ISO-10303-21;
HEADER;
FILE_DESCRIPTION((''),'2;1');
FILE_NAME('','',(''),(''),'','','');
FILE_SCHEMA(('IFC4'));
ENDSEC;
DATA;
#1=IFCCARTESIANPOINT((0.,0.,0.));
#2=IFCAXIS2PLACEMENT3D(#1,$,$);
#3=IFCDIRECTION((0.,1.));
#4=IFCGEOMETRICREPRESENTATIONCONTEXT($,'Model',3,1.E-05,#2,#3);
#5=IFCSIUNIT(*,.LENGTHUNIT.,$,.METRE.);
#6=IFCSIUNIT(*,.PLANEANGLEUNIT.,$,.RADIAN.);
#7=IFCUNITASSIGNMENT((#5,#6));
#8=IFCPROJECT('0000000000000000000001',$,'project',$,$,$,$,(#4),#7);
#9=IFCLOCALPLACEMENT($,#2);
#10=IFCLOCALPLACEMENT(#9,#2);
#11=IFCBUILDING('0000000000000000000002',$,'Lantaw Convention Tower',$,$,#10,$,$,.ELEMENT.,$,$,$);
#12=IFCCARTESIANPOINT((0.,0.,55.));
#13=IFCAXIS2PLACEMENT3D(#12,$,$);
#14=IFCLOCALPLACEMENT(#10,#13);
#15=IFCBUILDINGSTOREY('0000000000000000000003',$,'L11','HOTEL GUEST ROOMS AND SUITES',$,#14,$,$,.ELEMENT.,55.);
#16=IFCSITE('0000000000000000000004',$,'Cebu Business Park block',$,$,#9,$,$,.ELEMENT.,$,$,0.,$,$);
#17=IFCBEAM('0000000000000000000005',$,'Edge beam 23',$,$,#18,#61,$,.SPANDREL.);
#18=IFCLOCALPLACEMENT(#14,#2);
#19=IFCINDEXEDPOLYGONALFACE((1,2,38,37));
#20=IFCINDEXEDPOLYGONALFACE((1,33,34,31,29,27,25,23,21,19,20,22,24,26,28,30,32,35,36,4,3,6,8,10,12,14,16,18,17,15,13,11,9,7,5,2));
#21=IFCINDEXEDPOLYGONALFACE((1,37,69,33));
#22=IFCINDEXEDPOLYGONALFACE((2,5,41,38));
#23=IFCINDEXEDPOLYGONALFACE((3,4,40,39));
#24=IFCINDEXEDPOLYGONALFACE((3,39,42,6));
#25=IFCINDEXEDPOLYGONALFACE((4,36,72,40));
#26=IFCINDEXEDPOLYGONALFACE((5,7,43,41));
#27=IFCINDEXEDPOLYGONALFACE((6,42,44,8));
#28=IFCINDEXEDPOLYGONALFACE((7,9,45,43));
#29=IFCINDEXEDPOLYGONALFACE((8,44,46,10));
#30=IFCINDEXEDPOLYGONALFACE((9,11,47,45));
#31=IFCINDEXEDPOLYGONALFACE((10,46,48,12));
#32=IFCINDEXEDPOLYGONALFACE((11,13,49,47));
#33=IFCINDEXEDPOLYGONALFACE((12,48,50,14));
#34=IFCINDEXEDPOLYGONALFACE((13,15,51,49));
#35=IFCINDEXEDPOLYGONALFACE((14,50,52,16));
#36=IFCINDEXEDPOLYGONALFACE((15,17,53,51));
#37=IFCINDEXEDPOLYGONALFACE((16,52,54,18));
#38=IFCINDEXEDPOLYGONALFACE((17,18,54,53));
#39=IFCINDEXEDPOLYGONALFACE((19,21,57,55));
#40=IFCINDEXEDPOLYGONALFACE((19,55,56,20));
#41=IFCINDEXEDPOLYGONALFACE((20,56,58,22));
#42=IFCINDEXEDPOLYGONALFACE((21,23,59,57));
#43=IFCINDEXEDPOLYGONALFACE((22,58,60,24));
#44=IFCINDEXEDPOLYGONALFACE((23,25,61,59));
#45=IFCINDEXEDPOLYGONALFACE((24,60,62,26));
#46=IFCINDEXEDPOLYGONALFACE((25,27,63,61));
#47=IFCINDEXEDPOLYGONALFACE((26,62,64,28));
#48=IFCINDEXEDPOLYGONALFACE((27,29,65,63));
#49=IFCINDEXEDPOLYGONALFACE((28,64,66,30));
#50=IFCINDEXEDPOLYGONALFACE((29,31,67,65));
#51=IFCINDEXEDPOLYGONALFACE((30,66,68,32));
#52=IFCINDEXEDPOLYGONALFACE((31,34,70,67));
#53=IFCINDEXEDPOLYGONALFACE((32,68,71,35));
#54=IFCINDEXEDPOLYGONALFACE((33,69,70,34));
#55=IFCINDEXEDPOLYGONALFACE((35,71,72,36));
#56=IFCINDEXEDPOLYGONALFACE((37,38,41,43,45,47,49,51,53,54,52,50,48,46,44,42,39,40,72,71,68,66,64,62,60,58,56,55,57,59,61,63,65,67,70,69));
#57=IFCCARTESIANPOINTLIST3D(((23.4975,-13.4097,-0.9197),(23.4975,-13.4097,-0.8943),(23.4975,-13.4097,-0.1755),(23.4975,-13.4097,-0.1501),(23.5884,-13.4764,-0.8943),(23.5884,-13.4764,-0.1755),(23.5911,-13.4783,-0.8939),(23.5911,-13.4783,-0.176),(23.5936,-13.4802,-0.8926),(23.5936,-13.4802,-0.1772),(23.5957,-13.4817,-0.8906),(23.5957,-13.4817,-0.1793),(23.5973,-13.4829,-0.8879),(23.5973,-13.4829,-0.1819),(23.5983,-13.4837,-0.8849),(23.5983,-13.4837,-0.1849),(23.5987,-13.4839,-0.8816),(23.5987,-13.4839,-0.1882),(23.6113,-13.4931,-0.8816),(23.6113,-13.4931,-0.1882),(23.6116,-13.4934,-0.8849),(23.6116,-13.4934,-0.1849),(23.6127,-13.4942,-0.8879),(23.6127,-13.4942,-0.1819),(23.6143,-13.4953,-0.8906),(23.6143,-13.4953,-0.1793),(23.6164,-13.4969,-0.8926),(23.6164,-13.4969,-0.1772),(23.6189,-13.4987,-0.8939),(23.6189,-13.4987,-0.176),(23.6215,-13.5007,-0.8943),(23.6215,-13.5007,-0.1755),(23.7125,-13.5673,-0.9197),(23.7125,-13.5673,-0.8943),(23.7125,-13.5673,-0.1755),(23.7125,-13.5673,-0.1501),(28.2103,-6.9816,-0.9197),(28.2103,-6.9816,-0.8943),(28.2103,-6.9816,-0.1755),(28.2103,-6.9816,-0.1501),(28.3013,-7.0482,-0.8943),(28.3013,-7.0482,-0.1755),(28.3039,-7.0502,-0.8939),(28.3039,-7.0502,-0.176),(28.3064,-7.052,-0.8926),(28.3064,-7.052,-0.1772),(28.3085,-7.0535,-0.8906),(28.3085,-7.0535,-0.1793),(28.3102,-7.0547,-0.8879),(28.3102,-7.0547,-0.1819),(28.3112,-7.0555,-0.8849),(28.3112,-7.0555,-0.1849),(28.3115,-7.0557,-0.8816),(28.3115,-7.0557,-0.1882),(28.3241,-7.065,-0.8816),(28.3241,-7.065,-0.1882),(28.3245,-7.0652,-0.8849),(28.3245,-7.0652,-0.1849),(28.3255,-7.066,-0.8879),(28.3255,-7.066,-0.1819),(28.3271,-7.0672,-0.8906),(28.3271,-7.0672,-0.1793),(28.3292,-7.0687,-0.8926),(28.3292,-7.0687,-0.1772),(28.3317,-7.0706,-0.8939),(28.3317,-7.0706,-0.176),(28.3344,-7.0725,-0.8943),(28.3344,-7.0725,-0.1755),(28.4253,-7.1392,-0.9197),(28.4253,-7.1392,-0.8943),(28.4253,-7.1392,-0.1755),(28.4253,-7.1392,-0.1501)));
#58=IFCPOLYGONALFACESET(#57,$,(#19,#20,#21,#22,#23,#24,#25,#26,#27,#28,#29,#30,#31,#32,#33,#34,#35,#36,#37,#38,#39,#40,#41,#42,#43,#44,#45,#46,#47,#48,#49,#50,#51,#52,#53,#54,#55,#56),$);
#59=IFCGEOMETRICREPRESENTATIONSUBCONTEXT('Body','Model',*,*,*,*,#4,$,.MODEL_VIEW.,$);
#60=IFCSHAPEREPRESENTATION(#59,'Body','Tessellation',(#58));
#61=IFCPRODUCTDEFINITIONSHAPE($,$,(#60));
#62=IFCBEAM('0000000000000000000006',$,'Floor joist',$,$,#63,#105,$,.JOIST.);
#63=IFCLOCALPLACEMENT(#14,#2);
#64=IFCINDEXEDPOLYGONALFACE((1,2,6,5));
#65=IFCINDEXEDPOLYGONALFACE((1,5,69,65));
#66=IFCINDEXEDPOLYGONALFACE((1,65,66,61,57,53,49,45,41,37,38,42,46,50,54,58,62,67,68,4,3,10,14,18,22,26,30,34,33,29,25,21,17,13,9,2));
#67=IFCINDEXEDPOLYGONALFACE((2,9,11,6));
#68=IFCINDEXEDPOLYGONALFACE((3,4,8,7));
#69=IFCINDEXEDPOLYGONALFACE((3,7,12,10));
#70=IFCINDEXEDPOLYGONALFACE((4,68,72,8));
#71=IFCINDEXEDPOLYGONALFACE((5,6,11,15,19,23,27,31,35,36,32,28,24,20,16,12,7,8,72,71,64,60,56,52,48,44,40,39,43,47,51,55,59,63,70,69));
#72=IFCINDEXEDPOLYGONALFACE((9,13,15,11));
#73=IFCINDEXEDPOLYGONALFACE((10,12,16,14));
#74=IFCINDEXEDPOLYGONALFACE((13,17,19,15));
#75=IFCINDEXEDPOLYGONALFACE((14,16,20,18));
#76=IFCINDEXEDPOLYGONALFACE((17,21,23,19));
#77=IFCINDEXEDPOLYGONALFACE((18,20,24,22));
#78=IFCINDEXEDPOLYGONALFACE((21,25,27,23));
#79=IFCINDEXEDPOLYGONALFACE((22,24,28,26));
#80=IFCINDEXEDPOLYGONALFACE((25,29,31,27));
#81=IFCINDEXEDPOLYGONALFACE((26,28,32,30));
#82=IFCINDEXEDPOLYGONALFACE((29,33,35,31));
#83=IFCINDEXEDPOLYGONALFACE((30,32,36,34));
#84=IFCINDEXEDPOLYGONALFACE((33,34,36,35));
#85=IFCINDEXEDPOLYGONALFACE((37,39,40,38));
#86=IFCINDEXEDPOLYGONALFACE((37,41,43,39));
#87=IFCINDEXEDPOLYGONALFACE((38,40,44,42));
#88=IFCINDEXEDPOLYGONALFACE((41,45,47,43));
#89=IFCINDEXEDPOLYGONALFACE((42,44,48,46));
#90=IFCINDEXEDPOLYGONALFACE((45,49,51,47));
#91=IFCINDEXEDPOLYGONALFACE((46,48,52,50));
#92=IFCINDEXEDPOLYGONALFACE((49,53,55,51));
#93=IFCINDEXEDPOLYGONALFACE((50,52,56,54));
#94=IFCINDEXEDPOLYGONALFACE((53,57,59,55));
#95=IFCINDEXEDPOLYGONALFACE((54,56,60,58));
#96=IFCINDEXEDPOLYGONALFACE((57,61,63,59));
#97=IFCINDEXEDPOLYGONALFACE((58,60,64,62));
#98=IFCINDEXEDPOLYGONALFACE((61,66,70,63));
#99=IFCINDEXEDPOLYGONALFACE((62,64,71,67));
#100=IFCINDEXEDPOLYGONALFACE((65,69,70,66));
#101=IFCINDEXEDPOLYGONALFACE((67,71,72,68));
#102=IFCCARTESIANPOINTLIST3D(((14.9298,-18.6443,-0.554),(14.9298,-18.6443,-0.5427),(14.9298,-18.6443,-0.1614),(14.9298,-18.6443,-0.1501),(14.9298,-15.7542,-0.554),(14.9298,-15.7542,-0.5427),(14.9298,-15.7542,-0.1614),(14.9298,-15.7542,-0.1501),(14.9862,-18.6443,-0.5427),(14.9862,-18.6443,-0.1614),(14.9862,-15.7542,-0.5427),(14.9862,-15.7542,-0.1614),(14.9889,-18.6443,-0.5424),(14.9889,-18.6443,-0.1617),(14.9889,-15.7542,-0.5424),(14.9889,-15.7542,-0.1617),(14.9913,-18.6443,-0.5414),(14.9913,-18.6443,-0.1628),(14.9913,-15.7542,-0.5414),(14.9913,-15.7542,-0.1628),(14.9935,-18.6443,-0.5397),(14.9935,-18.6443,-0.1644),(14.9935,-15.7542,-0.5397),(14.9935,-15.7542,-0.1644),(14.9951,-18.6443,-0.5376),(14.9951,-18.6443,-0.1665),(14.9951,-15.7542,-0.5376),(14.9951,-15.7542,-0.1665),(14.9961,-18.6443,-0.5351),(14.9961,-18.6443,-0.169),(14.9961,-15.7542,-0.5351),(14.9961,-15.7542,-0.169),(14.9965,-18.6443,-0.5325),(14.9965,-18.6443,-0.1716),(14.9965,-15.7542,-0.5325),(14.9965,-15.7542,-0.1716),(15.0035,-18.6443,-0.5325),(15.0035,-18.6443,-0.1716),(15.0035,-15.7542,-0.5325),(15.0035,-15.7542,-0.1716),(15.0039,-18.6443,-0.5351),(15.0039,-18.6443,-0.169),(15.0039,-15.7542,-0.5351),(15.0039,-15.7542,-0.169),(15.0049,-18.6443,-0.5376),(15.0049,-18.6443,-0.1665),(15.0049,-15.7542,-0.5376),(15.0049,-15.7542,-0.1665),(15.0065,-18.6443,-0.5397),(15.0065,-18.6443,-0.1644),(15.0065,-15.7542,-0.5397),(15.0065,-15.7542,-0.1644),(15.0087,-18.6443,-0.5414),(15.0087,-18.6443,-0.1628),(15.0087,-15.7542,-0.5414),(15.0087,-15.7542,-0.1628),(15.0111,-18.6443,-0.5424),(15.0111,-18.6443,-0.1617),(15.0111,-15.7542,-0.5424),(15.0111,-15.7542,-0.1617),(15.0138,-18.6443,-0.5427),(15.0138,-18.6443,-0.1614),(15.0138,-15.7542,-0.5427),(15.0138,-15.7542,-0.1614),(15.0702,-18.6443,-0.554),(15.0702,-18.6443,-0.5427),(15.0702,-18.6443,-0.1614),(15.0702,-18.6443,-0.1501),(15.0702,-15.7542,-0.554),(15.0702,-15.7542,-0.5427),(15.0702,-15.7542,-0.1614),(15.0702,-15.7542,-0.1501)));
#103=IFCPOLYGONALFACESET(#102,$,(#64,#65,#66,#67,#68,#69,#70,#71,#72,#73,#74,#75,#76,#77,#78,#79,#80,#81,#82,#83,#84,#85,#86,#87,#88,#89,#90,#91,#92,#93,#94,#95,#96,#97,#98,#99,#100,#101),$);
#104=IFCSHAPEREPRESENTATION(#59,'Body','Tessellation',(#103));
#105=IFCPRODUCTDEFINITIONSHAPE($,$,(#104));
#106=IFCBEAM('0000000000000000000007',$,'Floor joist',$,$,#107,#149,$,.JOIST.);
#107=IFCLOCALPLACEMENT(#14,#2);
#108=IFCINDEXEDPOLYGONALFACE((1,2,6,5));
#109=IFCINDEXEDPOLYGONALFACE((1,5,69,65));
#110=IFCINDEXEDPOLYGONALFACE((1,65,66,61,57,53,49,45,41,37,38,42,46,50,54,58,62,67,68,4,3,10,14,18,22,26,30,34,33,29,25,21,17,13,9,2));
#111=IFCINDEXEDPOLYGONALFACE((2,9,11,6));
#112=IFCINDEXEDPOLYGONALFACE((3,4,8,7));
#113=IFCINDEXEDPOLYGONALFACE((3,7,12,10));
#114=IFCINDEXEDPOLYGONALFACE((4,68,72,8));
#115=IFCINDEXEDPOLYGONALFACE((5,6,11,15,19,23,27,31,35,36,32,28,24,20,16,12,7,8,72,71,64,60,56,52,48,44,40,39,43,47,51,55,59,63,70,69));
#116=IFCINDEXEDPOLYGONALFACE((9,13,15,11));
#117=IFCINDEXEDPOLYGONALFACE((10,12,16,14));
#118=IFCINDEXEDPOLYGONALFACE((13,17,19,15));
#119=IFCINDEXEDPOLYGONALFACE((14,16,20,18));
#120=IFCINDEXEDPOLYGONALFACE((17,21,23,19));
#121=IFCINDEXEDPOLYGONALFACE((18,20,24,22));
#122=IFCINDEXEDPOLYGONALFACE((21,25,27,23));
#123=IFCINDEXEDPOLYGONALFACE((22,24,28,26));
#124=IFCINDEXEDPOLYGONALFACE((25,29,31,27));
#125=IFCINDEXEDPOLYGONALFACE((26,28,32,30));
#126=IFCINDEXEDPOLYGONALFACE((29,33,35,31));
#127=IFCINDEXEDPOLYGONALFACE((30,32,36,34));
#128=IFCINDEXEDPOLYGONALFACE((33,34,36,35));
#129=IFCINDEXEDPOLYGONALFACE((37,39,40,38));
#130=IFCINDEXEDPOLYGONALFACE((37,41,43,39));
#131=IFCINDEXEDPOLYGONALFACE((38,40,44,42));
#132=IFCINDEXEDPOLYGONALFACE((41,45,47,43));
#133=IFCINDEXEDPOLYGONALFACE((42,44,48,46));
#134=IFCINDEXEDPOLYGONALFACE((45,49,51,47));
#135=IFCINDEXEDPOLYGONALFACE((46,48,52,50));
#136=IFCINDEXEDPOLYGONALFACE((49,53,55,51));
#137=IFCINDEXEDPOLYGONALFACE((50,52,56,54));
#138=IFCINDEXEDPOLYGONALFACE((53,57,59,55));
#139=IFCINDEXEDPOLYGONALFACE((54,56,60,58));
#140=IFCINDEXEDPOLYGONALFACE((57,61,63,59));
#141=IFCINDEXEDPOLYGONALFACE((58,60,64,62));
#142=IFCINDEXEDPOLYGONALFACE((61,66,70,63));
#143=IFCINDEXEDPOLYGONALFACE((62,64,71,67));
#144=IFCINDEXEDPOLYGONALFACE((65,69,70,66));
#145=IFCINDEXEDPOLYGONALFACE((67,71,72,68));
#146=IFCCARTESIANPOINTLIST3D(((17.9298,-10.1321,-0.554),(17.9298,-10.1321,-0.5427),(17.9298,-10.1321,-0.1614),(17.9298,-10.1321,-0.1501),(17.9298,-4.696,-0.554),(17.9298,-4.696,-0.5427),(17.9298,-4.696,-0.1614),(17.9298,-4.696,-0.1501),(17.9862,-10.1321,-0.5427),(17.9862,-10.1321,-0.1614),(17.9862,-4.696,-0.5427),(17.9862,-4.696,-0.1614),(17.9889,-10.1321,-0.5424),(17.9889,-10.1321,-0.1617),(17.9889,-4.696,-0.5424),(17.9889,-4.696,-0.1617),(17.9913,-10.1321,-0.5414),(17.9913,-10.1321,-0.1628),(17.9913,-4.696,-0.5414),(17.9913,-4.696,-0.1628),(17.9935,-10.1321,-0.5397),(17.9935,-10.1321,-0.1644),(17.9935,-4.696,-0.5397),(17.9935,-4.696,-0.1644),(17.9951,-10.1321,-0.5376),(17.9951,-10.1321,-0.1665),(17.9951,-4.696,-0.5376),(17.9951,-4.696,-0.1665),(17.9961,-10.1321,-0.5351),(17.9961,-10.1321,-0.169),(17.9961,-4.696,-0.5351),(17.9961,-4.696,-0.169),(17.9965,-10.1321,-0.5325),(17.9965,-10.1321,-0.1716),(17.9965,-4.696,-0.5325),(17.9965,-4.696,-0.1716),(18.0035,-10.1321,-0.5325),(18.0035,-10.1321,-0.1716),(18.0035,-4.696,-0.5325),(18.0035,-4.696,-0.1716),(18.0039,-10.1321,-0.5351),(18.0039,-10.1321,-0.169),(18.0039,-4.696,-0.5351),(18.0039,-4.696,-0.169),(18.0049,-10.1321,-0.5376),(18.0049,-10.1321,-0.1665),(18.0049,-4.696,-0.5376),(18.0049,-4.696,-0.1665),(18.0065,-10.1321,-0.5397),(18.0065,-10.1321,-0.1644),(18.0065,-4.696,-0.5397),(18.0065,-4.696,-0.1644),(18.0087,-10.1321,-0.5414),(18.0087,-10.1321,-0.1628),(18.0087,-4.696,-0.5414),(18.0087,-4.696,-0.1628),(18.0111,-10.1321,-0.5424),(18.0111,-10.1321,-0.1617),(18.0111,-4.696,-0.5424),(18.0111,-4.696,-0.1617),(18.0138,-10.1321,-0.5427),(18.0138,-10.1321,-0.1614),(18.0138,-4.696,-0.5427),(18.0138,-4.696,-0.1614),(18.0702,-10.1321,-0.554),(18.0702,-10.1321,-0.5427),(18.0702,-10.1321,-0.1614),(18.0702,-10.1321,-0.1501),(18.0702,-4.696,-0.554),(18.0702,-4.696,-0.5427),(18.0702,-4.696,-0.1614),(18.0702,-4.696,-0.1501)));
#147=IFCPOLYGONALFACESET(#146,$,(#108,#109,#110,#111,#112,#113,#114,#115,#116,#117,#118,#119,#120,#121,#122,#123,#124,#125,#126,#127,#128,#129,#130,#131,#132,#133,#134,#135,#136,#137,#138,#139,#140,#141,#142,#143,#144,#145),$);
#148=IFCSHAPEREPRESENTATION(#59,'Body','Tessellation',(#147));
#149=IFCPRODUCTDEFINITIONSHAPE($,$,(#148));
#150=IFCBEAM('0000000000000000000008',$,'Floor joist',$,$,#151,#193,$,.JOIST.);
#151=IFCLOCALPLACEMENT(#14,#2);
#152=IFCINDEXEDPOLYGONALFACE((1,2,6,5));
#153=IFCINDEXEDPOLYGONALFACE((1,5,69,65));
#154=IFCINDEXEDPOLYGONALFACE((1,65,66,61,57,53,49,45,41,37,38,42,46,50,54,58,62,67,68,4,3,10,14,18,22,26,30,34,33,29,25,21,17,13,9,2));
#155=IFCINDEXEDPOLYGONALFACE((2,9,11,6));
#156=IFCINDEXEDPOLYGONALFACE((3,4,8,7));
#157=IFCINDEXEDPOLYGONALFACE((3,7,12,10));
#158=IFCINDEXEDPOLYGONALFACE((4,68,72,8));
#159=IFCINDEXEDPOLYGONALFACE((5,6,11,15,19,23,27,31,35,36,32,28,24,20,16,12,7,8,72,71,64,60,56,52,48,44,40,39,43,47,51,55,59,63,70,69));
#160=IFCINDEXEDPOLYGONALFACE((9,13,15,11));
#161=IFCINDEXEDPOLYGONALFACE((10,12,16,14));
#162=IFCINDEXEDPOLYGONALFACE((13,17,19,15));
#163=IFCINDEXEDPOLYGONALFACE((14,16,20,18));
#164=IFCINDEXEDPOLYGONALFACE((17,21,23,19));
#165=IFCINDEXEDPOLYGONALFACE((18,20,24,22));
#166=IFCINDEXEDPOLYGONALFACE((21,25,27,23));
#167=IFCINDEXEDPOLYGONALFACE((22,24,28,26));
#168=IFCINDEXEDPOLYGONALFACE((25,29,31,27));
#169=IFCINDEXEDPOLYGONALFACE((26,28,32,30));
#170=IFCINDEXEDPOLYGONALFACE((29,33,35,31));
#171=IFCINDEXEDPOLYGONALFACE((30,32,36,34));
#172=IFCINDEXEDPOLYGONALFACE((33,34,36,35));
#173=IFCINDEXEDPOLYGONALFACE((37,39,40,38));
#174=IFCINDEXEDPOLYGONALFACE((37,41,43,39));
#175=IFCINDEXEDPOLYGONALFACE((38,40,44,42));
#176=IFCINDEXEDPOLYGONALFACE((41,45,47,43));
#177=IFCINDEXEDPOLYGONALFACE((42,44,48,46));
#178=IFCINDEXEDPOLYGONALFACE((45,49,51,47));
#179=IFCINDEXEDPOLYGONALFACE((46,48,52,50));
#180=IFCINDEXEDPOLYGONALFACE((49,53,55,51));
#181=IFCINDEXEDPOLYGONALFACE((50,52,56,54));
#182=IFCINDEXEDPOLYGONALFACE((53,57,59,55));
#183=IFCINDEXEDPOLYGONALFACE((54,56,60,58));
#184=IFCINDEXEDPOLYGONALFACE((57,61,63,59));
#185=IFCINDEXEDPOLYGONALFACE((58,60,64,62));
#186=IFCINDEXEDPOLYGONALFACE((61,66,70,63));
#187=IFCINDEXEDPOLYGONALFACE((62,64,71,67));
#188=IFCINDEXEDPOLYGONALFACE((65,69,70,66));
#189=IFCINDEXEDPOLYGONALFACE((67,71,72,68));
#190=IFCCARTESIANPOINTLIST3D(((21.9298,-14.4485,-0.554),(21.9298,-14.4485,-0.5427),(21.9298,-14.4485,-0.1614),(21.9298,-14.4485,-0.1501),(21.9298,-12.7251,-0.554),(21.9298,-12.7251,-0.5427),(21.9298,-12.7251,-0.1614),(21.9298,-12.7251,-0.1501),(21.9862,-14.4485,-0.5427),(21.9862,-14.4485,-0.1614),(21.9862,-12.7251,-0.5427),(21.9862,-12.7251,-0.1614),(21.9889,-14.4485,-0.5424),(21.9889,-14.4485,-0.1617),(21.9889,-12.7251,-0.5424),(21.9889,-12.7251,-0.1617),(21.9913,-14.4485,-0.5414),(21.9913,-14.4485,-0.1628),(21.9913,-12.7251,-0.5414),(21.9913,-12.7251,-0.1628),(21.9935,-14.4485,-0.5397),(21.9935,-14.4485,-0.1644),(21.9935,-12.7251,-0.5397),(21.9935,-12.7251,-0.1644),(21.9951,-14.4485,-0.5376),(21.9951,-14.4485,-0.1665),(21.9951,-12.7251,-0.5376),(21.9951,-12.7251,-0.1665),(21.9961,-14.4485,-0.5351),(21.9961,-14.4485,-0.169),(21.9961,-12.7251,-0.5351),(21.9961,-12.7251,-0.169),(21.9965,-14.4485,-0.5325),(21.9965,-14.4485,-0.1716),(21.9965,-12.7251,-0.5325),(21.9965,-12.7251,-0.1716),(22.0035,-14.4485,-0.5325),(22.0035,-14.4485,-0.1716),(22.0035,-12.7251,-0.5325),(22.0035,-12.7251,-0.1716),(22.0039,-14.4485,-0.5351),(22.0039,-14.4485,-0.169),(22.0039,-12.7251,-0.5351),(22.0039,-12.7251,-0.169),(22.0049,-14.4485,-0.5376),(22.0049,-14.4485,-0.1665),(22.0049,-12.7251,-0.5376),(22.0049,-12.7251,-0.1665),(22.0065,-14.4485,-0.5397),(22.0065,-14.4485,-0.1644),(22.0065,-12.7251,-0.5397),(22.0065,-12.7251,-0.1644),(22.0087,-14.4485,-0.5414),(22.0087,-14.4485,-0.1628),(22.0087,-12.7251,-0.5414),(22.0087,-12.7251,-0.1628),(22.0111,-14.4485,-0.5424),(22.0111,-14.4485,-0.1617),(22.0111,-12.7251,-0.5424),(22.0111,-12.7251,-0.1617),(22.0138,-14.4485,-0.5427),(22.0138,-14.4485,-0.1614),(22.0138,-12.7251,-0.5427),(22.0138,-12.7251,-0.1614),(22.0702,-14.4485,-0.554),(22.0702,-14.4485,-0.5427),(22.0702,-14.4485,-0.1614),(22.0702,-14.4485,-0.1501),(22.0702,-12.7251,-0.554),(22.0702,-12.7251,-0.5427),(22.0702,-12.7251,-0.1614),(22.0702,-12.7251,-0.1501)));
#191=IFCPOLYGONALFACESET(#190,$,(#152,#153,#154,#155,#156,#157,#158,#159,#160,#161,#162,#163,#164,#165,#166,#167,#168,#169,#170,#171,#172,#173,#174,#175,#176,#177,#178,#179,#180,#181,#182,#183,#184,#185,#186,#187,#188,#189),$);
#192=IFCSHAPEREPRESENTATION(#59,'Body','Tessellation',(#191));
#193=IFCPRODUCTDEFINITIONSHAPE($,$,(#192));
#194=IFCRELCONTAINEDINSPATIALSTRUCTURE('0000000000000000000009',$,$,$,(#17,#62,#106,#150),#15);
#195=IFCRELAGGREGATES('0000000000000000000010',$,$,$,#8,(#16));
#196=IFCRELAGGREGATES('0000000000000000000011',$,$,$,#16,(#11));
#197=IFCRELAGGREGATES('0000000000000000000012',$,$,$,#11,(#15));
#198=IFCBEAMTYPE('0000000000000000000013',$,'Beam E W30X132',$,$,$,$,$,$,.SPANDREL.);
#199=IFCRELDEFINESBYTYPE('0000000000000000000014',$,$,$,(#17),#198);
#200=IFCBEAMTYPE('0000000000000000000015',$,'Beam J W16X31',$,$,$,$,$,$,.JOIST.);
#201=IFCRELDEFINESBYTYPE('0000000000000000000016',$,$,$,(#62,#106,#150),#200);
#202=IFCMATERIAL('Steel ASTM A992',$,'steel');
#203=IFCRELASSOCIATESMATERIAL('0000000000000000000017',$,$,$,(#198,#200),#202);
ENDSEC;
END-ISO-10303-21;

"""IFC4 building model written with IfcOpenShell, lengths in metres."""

from ifc_helpers import new_model, si_unit, direction, frame, origin, origin_2d, place, context, subcontext, project, spatial, i_section, extrude, material, material_profile, profile_set, type_object, element, save


model = new_model("IFC4")

# Units and contexts
model_context = context("Model", 3, precision=1e-05, world=origin(), true_north=direction((0.0, 1.0)))
body_context = subcontext(model_context, "Body", "Model", "MODEL_VIEW")
ifc_project = project(units=[si_unit("LENGTHUNIT", "METRE"), si_unit("PLANEANGLEUNIT", "RADIAN")], contexts=[model_context])

# Site, building, storey
site_placement = place(None, origin())
site = spatial("IfcSite", under=ifc_project, at=site_placement, Name="Cebu Business Park block", CompositionType="ELEMENT", RefElevation=0.0)
building_placement = place(site_placement, origin())
building = spatial("IfcBuilding", under=site, at=building_placement, Name="Lantaw Convention Tower", CompositionType="ELEMENT")
storey_placement = place(building_placement, frame((0.0, 0.0, 55.0)))
storey = spatial("IfcBuildingStorey", under=building, at=storey_placement, Name="L11", Description="HOTEL GUEST ROOMS AND SUITES", CompositionType="ELEMENT", Elevation=55.0)

# Beams
ifc_material_1 = material(Name="Steel ASTM A992", Category="steel")
ifc_material_profile_1 = material_profile(ifc_material_1, i_section(OverallWidth=0.2666, OverallDepth=0.7695, WebThickness=0.0156, FlangeThickness=0.0254, FilletRadius=0.0127, at=origin_2d()), Name="W30X132")
ifc_profile_set_1 = profile_set([ifc_material_profile_1], Name="Steel ASTM A992")
beam_type_1 = type_object("IfcBeamType", Name="Beam E W30X132", PredefinedType="SPANDREL", material=ifc_profile_set_1)
beam_1_placement = place(storey_placement, frame((23.605, -13.4885, -0.5349), z_axis=(0.591271, 0.806473, 0.0), x_axis=(-0.806473, 0.591271, 0.0)))
element("IfcBeam", 1, at=beam_1_placement, inside=storey, type_object=beam_type_1, Name="Edge beam 23", PredefinedType="SPANDREL", context=body_context, shape_type="SweptSolid", body=[
    extrude(i_section(OverallWidth=0.2666, OverallDepth=0.7695, WebThickness=0.0156, FlangeThickness=0.0254, FilletRadius=0.0127, at=origin_2d()), origin(), (0.0, 0.0, 1.0), 7.9707),
])
ifc_material_profile_2 = material_profile(ifc_material_1, i_section(OverallWidth=0.1404, OverallDepth=0.4038, WebThickness=0.0071, FlangeThickness=0.0112, FilletRadius=0.0103, at=origin_2d()), Name="W16X31")
ifc_profile_set_2 = profile_set([ifc_material_profile_2], Name="Steel ASTM A992")
beam_type_2 = type_object("IfcBeamType", Name="Beam J W16X31", PredefinedType="JOIST", material=ifc_profile_set_2)
beam_2_placement = place(storey_placement, frame((15.0, -18.6443, -0.3521), z_axis=(0.0, 1.0, 0.0), x_axis=(-1.0, 0.0, 0.0)))
element("IfcBeam", 2, at=beam_2_placement, inside=storey, type_object=beam_type_2, Name="Floor joist", PredefinedType="JOIST", context=body_context, shape_type="SweptSolid", body=[
    extrude(i_section(OverallWidth=0.1404, OverallDepth=0.4038, WebThickness=0.0071, FlangeThickness=0.0112, FilletRadius=0.0103, at=origin_2d()), origin(), (0.0, 0.0, 1.0), 2.8901),
])
beam_3_placement = place(storey_placement, frame((18.0, -10.1321, -0.3521), z_axis=(0.0, 1.0, 0.0), x_axis=(-1.0, 0.0, 0.0)))
element("IfcBeam", 3, at=beam_3_placement, inside=storey, type_object=beam_type_2, Name="Floor joist", PredefinedType="JOIST", context=body_context, shape_type="SweptSolid", body=[
    extrude(i_section(OverallWidth=0.1404, OverallDepth=0.4038, WebThickness=0.0071, FlangeThickness=0.0112, FilletRadius=0.0103, at=origin_2d()), origin(), (0.0, 0.0, 1.0), 5.436),
])
beam_4_placement = place(storey_placement, frame((22.0, -14.4485, -0.3521), z_axis=(0.0, 1.0, 0.0), x_axis=(-1.0, 0.0, 0.0)))
element("IfcBeam", 4, at=beam_4_placement, inside=storey, type_object=beam_type_2, Name="Floor joist", PredefinedType="JOIST", context=body_context, shape_type="SweptSolid", body=[
    extrude(i_section(OverallWidth=0.1404, OverallDepth=0.4038, WebThickness=0.0071, FlangeThickness=0.0112, FilletRadius=0.0103, at=origin_2d()), origin(), (0.0, 0.0, 1.0), 1.7234),
])

save(model, "model.ifc")
